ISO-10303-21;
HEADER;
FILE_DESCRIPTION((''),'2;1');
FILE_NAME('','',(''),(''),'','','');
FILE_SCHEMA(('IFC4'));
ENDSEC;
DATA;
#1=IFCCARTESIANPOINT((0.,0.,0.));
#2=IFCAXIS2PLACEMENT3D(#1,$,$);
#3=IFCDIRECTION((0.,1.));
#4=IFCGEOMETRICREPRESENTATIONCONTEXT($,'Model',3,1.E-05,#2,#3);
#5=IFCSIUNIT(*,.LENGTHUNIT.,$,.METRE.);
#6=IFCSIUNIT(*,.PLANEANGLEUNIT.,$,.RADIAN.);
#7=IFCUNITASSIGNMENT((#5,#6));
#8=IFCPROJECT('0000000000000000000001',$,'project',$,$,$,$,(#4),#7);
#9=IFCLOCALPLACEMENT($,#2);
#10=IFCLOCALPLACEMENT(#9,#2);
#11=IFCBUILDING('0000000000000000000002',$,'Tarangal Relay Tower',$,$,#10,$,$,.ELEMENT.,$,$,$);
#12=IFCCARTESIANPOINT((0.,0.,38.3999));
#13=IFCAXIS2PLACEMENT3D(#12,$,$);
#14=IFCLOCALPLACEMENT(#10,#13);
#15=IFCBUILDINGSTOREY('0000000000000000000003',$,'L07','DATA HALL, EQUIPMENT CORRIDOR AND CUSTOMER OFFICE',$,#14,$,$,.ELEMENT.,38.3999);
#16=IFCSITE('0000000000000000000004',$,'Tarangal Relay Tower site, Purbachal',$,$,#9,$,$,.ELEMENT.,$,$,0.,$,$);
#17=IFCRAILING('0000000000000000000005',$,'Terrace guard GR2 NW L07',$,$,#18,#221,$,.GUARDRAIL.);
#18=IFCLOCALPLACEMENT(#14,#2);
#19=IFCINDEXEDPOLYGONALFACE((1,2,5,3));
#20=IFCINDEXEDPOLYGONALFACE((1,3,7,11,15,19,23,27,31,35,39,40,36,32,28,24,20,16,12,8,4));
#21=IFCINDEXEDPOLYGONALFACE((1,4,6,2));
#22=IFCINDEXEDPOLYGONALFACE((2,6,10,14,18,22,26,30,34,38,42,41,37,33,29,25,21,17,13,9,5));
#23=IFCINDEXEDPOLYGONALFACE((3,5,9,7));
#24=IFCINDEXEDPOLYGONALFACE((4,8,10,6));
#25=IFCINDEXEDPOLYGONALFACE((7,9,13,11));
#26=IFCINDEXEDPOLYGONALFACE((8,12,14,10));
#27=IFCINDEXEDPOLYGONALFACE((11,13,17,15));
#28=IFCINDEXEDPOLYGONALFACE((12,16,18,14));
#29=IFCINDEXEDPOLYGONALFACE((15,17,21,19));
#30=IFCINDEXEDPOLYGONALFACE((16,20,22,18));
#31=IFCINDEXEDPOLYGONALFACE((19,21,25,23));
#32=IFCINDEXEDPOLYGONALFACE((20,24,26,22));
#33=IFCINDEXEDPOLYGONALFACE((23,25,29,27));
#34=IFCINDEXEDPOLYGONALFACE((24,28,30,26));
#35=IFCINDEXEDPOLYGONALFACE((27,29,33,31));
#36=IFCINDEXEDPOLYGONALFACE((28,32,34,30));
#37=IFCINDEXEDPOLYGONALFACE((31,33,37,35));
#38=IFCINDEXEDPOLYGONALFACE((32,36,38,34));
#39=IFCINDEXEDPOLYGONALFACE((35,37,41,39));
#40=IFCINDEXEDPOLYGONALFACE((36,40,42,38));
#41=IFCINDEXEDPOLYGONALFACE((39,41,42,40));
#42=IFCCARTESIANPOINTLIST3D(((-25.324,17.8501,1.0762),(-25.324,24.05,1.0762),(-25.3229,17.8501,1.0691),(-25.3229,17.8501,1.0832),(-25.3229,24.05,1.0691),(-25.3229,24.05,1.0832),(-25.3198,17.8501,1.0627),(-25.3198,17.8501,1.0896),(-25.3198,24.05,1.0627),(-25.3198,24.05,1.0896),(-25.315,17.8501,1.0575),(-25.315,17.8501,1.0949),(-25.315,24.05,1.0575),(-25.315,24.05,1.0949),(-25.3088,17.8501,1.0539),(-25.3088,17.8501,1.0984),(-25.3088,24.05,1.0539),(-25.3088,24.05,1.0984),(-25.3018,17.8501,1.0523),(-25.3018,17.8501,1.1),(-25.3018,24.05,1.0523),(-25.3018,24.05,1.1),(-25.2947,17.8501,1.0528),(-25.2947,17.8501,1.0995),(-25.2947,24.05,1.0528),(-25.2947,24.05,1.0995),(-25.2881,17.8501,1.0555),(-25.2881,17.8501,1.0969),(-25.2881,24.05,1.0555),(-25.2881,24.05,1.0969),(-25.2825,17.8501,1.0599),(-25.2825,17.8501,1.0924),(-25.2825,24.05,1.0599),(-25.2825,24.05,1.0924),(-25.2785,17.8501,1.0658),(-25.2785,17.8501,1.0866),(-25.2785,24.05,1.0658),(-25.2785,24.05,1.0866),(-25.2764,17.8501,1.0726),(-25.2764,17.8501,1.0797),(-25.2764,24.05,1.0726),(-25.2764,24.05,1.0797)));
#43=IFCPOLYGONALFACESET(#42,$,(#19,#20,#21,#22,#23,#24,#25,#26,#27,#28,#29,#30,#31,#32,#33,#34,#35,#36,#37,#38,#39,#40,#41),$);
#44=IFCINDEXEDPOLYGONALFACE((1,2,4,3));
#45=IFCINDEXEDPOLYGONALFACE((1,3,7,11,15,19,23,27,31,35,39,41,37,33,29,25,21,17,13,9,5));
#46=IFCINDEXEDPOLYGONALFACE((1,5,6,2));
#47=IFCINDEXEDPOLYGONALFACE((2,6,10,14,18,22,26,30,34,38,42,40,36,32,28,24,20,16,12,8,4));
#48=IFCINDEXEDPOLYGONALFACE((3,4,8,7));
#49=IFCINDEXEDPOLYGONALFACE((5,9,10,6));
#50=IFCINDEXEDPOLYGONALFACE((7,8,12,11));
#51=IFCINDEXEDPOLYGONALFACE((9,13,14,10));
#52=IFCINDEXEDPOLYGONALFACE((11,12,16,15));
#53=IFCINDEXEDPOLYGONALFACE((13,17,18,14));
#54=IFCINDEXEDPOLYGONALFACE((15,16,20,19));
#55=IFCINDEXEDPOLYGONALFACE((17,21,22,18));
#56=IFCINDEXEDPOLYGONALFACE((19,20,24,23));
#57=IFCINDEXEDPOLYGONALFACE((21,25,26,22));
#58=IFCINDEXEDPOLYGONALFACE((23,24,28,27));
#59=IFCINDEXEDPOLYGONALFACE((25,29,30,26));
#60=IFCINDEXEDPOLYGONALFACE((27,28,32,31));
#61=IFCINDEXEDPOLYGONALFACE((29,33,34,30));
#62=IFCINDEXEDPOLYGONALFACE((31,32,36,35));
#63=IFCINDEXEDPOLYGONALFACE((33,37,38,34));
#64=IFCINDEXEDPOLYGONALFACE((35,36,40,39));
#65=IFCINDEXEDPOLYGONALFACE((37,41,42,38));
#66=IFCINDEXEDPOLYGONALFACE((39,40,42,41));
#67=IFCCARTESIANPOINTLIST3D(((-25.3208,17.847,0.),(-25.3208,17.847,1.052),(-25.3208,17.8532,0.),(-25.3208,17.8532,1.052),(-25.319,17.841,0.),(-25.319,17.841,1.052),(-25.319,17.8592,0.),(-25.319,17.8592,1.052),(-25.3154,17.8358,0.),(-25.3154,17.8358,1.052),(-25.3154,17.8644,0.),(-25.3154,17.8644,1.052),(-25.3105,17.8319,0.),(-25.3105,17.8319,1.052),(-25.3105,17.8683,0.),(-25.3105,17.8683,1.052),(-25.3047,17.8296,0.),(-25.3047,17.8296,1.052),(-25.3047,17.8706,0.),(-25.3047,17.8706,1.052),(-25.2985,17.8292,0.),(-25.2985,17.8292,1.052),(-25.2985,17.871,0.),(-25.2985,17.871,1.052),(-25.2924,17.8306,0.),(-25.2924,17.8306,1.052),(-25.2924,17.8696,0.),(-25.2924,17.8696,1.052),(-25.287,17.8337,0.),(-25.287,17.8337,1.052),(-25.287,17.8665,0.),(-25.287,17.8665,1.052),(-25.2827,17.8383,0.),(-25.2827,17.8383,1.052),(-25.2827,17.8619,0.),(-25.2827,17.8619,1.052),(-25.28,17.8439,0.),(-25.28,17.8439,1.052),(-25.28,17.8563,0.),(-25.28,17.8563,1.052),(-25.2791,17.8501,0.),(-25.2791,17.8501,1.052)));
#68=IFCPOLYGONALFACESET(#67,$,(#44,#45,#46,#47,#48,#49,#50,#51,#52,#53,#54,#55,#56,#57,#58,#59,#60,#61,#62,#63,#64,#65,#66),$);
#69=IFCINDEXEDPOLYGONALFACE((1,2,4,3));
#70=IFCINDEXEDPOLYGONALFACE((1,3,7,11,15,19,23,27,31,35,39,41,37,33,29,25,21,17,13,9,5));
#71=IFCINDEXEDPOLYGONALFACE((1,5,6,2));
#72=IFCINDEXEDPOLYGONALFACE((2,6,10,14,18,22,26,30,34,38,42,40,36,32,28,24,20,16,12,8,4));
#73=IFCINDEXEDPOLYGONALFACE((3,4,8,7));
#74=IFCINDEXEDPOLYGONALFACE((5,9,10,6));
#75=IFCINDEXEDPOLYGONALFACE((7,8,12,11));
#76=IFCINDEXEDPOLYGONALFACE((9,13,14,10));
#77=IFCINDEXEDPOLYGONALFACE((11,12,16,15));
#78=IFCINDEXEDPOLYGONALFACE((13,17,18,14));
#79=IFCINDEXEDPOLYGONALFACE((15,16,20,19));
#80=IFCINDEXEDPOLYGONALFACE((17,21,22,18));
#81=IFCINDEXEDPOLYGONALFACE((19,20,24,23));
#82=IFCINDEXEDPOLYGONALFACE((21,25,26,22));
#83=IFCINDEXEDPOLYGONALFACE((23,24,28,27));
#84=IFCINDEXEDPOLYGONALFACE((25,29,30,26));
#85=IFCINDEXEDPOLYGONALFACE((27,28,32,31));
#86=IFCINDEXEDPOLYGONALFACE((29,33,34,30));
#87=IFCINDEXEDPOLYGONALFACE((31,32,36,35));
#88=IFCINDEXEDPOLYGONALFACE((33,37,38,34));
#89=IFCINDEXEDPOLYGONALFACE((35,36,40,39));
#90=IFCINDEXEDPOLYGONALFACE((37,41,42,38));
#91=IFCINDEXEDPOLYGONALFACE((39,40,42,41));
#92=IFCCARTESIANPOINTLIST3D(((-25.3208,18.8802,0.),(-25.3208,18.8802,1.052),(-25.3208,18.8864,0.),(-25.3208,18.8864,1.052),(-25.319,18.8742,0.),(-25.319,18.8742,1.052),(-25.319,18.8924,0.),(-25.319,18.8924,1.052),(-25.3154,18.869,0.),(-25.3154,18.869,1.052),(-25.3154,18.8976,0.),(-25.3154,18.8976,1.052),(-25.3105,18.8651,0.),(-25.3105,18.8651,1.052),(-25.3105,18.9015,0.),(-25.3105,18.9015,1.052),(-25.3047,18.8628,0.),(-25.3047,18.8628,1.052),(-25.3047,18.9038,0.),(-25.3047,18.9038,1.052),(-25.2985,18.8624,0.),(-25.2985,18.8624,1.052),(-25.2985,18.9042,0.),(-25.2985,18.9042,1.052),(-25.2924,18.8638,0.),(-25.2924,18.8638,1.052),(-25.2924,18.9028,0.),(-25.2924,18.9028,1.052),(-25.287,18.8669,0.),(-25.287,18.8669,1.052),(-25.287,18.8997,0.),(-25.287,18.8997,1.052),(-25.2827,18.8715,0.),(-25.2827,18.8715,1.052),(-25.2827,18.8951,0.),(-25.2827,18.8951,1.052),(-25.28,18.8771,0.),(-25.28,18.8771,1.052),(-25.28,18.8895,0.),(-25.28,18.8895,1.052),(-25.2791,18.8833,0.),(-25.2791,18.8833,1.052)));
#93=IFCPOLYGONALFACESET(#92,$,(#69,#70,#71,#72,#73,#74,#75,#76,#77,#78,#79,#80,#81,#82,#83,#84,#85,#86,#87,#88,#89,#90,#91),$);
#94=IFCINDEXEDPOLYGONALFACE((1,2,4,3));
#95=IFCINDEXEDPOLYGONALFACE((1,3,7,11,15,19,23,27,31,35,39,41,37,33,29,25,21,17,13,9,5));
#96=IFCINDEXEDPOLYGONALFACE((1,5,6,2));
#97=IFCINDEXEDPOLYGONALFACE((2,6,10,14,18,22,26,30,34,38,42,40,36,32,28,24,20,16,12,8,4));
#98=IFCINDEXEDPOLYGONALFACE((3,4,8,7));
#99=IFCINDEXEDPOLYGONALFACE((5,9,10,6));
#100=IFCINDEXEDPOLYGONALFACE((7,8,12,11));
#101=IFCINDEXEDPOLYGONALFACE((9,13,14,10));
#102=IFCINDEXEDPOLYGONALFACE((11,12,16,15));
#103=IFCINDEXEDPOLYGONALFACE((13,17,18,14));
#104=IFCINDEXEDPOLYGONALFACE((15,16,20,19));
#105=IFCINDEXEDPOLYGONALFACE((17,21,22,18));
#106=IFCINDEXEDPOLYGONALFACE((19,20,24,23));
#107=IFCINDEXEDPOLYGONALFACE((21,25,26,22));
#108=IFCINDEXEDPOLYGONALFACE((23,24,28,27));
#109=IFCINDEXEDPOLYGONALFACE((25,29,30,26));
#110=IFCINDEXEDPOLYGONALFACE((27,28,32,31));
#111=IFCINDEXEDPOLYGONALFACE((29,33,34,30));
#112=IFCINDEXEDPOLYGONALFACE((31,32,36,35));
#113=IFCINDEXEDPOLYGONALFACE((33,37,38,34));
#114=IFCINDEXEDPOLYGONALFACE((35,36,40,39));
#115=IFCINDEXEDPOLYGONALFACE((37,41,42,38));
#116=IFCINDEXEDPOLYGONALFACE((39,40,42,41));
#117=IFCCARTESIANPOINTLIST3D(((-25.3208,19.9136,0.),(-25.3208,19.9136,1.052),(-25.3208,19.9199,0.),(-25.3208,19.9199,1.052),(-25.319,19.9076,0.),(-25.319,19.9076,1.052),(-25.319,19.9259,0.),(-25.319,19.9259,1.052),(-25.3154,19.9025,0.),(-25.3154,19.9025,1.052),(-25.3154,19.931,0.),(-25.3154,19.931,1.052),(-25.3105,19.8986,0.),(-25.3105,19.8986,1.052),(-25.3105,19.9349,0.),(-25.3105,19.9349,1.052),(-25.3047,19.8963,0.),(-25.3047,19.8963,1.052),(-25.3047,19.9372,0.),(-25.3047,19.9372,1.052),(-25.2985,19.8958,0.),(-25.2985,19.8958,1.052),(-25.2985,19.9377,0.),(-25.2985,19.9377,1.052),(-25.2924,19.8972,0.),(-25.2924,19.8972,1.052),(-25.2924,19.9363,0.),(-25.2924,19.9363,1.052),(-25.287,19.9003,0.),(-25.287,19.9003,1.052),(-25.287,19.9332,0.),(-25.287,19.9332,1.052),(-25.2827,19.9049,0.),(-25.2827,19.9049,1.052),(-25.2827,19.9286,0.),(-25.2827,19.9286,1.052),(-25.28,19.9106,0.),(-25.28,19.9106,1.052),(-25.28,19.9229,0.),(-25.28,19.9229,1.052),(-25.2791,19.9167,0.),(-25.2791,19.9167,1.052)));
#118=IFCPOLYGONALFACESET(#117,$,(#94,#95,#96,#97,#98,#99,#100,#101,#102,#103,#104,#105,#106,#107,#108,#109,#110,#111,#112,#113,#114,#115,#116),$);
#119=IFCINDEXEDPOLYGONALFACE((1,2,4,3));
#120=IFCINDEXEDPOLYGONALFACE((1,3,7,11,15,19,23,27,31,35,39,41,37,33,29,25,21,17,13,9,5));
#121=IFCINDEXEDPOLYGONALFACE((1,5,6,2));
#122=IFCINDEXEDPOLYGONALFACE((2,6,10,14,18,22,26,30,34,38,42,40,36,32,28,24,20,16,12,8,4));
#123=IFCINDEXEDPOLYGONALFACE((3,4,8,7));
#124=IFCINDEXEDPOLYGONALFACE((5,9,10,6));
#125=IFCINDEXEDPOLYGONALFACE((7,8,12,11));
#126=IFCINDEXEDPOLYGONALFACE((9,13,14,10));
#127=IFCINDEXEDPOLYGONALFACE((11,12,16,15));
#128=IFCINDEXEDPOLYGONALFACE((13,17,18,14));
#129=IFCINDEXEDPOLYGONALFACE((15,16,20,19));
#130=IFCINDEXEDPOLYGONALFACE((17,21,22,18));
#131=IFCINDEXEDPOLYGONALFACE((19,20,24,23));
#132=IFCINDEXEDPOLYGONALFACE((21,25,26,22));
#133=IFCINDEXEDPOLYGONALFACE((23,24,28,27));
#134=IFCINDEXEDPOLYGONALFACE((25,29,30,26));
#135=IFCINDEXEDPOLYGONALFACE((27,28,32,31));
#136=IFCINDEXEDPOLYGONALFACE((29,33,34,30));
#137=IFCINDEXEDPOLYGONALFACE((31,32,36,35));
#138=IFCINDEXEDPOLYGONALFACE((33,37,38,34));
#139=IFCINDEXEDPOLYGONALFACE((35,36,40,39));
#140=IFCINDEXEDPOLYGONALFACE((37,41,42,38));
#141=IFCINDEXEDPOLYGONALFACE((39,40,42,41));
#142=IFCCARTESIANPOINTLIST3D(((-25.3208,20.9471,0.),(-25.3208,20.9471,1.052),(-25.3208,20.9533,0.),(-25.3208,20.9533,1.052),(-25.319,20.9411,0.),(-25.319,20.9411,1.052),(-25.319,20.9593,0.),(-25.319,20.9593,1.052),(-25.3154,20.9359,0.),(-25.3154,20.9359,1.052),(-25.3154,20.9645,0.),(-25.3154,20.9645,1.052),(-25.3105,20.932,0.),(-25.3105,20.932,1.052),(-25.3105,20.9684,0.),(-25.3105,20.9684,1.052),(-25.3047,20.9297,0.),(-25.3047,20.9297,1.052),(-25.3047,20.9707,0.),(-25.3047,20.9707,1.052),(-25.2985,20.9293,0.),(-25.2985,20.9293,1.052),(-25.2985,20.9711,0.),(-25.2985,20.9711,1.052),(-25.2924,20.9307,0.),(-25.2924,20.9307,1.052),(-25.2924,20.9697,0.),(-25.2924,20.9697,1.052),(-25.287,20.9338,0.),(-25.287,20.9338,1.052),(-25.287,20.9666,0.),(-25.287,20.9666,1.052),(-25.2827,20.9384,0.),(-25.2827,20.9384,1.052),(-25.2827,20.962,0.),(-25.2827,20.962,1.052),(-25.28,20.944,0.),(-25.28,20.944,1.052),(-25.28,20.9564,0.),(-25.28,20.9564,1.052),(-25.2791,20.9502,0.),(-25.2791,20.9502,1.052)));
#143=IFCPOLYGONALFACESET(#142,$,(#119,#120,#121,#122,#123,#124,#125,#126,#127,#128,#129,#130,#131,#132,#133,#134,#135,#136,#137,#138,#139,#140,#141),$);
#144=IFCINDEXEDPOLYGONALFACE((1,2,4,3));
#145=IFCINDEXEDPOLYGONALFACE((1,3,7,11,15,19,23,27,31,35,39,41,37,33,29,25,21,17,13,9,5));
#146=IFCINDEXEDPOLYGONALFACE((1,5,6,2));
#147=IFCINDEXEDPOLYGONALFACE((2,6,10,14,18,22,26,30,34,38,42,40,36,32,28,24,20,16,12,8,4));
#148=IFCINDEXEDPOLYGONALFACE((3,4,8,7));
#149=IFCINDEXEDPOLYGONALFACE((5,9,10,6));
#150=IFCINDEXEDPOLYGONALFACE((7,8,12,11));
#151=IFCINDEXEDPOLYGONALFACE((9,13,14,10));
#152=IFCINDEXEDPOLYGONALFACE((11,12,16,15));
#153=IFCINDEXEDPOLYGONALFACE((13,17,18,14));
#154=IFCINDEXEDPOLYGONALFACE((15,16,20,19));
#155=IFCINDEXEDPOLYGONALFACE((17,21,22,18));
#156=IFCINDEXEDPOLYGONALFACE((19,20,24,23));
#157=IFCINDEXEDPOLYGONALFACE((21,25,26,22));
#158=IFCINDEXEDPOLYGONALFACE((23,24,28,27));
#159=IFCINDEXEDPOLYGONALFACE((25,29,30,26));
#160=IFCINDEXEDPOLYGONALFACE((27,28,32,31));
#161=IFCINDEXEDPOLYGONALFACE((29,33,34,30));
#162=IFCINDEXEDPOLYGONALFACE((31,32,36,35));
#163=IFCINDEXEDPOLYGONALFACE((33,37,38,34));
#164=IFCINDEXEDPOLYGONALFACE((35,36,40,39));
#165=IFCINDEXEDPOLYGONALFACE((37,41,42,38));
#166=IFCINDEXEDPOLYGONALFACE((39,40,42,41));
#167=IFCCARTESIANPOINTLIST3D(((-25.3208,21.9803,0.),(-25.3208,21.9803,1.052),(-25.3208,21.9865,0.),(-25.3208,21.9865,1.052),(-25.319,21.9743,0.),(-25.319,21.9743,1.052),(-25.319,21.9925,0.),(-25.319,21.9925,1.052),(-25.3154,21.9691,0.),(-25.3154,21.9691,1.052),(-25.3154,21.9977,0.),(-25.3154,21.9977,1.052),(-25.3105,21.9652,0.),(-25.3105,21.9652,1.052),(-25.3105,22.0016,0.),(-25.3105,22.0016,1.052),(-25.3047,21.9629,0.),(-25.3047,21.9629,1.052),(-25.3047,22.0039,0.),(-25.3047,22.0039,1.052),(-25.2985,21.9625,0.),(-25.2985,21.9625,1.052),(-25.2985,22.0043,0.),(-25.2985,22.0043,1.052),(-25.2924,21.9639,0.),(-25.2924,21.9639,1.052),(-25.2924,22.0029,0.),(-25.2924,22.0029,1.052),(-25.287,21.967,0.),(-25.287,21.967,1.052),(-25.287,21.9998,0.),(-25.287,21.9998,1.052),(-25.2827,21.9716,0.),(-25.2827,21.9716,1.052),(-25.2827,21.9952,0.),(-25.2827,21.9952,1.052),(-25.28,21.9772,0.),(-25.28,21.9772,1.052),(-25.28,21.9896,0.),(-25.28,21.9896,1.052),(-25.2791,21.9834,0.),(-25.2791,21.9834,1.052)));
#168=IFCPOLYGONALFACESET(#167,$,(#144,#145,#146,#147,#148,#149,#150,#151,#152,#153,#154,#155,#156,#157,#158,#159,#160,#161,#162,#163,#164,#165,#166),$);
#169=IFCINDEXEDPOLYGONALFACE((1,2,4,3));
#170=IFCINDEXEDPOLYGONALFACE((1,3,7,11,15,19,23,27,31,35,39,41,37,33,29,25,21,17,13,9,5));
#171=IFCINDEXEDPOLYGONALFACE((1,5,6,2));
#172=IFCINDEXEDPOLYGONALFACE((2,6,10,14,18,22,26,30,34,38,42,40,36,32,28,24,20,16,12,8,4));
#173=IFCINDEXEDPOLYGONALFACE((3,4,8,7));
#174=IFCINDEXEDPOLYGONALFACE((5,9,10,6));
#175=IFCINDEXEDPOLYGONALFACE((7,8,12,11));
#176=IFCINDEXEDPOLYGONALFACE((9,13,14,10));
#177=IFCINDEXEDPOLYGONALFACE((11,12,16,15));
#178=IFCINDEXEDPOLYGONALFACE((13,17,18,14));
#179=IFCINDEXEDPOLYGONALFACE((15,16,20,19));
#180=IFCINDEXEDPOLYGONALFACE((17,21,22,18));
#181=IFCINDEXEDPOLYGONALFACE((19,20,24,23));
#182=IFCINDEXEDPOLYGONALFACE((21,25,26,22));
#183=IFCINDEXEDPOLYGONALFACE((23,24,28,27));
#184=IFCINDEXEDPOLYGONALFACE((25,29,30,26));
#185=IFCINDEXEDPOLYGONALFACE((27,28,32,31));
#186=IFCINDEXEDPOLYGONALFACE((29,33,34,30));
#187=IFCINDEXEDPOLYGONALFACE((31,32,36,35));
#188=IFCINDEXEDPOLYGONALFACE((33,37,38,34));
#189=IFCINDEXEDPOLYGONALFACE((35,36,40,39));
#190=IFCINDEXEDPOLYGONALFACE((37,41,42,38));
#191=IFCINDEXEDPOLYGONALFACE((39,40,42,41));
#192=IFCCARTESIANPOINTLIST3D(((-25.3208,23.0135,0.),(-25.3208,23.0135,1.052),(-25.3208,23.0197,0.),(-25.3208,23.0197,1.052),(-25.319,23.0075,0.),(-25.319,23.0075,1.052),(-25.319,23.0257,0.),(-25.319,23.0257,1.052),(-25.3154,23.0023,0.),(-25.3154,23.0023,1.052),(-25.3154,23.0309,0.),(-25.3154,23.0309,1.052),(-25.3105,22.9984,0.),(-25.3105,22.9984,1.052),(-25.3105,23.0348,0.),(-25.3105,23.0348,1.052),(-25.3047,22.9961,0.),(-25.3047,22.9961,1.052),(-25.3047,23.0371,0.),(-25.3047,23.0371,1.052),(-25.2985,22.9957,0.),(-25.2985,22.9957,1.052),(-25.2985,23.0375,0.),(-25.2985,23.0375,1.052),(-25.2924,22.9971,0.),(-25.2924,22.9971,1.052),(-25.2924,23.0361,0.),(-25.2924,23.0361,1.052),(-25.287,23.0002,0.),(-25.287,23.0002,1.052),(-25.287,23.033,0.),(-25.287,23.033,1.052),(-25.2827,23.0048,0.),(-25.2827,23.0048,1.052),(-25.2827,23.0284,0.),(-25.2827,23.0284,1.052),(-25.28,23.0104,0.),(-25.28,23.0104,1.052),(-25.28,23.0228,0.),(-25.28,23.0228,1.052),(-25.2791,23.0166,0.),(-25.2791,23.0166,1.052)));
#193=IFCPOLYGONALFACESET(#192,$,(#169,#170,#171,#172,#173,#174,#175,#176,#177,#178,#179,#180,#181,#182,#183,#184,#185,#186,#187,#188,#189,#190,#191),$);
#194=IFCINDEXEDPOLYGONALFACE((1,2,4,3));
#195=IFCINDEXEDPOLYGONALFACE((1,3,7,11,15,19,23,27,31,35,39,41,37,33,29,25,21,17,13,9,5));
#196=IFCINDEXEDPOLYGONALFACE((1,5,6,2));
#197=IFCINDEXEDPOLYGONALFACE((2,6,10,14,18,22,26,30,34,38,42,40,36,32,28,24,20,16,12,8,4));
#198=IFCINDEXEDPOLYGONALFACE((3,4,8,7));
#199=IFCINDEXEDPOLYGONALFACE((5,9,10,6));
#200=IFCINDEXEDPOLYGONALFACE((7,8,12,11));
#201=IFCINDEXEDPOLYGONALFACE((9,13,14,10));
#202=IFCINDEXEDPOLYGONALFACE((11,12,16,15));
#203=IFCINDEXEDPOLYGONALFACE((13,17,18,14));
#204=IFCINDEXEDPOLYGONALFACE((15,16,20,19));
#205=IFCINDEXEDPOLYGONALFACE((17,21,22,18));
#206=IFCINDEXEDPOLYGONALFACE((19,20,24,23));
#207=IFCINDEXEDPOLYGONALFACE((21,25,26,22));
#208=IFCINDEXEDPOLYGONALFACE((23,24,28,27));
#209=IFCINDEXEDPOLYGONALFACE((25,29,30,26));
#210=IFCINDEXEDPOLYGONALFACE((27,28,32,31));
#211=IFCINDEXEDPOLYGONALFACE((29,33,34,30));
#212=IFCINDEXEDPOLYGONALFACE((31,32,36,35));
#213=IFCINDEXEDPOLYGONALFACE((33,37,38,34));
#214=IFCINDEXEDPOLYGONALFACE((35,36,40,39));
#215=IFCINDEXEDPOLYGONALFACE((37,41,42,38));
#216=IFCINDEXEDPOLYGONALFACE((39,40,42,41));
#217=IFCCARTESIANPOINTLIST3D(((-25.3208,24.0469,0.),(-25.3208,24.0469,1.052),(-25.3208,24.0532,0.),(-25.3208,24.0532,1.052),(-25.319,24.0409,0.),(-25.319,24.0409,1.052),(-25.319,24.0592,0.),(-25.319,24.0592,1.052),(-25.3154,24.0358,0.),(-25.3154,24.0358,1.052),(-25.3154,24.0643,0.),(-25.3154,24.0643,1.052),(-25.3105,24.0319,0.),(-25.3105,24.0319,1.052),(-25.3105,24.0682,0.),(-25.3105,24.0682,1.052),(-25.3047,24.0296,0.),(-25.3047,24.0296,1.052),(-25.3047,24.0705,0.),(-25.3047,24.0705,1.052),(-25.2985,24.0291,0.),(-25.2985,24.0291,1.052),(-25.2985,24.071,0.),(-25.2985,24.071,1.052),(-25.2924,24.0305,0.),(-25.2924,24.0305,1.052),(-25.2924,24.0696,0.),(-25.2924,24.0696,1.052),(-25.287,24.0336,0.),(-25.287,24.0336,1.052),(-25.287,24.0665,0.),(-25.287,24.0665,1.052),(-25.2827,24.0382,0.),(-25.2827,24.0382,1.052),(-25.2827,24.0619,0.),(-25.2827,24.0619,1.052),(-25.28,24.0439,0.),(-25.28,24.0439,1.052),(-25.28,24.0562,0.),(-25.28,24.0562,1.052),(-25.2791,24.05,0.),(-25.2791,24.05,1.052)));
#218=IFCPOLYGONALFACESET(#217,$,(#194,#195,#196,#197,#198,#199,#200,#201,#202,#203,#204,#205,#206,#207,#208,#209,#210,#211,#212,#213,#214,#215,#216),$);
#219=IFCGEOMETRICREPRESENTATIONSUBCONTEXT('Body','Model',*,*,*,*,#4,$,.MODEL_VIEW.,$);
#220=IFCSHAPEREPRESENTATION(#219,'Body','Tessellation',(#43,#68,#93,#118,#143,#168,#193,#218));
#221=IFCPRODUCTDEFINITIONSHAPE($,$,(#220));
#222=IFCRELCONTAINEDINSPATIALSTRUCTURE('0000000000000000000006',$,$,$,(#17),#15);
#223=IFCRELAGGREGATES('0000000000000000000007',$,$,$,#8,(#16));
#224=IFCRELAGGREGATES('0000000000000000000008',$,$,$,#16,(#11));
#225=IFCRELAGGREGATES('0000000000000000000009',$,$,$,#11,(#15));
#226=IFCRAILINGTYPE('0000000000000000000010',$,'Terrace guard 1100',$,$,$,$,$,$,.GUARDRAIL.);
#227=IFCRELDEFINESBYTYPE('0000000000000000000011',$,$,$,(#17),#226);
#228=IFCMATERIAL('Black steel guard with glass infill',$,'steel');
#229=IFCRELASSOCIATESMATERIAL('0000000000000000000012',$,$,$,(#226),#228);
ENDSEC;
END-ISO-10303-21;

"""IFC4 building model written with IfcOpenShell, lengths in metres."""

from ifc_helpers import new_model, si_unit, direction, frame, origin, origin_2d, place, context, subcontext, project, spatial, circle, extrude, material, type_object, element, save


model = new_model("IFC4")

# Units and contexts
model_context = context("Model", 3, precision=1e-05, world=origin(), true_north=direction((0.0, 1.0)))
body_context = subcontext(model_context, "Body", "Model", "MODEL_VIEW")
ifc_project = project(units=[si_unit("LENGTHUNIT", "METRE"), si_unit("PLANEANGLEUNIT", "RADIAN")], contexts=[model_context])

# Site, building, storey
site_placement = place(None, origin())
site = spatial("IfcSite", under=ifc_project, at=site_placement, Name="Tarangal Relay Tower site, Purbachal", CompositionType="ELEMENT", RefElevation=0.0)
building_placement = place(site_placement, origin())
building = spatial("IfcBuilding", under=site, at=building_placement, Name="Tarangal Relay Tower", CompositionType="ELEMENT")
storey_placement = place(building_placement, frame((0.0, 0.0, 38.3999)))
storey = spatial("IfcBuildingStorey", under=building, at=storey_placement, Name="L07", Description="DATA HALL, EQUIPMENT CORRIDOR AND CUSTOMER OFFICE", CompositionType="ELEMENT", Elevation=38.3999)

# Railing
ifc_material_1 = material(Name="Black steel guard with glass infill", Category="steel")
railing_type = type_object("IfcRailingType", Name="Terrace guard 1100", PredefinedType="GUARDRAIL", material=ifc_material_1)
railing_1_placement = place(storey_placement, frame((-25.3, 17.8501, 0.0)))
element("IfcRailing", 1, at=railing_1_placement, inside=storey, type_object=railing_type, Name="Terrace guard GR2 NW L07", PredefinedType="GUARDRAIL", context=body_context, shape_type="SweptSolid", body=[
    extrude(circle(Radius=0.0239, at=origin_2d()), frame((0.0, 0.0, 1.0762), z_axis=(0.0, 1.0, 0.0), x_axis=(-1.0, 0.0, 0.0)), (0.0, 0.0, 1.0), 6.2),
    extrude(circle(Radius=0.021, at=origin_2d()), origin(), (0.0, 0.0, 1.0), 1.052),
    extrude(circle(Radius=0.021, at=origin_2d()), frame((0.0, 1.0332, 0.0)), (0.0, 0.0, 1.0), 1.052),
    extrude(circle(Radius=0.021, at=origin_2d()), frame((0.0, 2.0667, 0.0)), (0.0, 0.0, 1.0), 1.052),
    extrude(circle(Radius=0.021, at=origin_2d()), frame((0.0, 3.1001, 0.0)), (0.0, 0.0, 1.0), 1.052),
    extrude(circle(Radius=0.021, at=origin_2d()), frame((0.0, 4.1333, 0.0)), (0.0, 0.0, 1.0), 1.052),
    extrude(circle(Radius=0.021, at=origin_2d()), frame((0.0, 5.1665, 0.0)), (0.0, 0.0, 1.0), 1.052),
    extrude(circle(Radius=0.021, at=origin_2d()), frame((0.0, 6.2, 0.0)), (0.0, 0.0, 1.0), 1.052),
])

save(model, "model.ifc")
